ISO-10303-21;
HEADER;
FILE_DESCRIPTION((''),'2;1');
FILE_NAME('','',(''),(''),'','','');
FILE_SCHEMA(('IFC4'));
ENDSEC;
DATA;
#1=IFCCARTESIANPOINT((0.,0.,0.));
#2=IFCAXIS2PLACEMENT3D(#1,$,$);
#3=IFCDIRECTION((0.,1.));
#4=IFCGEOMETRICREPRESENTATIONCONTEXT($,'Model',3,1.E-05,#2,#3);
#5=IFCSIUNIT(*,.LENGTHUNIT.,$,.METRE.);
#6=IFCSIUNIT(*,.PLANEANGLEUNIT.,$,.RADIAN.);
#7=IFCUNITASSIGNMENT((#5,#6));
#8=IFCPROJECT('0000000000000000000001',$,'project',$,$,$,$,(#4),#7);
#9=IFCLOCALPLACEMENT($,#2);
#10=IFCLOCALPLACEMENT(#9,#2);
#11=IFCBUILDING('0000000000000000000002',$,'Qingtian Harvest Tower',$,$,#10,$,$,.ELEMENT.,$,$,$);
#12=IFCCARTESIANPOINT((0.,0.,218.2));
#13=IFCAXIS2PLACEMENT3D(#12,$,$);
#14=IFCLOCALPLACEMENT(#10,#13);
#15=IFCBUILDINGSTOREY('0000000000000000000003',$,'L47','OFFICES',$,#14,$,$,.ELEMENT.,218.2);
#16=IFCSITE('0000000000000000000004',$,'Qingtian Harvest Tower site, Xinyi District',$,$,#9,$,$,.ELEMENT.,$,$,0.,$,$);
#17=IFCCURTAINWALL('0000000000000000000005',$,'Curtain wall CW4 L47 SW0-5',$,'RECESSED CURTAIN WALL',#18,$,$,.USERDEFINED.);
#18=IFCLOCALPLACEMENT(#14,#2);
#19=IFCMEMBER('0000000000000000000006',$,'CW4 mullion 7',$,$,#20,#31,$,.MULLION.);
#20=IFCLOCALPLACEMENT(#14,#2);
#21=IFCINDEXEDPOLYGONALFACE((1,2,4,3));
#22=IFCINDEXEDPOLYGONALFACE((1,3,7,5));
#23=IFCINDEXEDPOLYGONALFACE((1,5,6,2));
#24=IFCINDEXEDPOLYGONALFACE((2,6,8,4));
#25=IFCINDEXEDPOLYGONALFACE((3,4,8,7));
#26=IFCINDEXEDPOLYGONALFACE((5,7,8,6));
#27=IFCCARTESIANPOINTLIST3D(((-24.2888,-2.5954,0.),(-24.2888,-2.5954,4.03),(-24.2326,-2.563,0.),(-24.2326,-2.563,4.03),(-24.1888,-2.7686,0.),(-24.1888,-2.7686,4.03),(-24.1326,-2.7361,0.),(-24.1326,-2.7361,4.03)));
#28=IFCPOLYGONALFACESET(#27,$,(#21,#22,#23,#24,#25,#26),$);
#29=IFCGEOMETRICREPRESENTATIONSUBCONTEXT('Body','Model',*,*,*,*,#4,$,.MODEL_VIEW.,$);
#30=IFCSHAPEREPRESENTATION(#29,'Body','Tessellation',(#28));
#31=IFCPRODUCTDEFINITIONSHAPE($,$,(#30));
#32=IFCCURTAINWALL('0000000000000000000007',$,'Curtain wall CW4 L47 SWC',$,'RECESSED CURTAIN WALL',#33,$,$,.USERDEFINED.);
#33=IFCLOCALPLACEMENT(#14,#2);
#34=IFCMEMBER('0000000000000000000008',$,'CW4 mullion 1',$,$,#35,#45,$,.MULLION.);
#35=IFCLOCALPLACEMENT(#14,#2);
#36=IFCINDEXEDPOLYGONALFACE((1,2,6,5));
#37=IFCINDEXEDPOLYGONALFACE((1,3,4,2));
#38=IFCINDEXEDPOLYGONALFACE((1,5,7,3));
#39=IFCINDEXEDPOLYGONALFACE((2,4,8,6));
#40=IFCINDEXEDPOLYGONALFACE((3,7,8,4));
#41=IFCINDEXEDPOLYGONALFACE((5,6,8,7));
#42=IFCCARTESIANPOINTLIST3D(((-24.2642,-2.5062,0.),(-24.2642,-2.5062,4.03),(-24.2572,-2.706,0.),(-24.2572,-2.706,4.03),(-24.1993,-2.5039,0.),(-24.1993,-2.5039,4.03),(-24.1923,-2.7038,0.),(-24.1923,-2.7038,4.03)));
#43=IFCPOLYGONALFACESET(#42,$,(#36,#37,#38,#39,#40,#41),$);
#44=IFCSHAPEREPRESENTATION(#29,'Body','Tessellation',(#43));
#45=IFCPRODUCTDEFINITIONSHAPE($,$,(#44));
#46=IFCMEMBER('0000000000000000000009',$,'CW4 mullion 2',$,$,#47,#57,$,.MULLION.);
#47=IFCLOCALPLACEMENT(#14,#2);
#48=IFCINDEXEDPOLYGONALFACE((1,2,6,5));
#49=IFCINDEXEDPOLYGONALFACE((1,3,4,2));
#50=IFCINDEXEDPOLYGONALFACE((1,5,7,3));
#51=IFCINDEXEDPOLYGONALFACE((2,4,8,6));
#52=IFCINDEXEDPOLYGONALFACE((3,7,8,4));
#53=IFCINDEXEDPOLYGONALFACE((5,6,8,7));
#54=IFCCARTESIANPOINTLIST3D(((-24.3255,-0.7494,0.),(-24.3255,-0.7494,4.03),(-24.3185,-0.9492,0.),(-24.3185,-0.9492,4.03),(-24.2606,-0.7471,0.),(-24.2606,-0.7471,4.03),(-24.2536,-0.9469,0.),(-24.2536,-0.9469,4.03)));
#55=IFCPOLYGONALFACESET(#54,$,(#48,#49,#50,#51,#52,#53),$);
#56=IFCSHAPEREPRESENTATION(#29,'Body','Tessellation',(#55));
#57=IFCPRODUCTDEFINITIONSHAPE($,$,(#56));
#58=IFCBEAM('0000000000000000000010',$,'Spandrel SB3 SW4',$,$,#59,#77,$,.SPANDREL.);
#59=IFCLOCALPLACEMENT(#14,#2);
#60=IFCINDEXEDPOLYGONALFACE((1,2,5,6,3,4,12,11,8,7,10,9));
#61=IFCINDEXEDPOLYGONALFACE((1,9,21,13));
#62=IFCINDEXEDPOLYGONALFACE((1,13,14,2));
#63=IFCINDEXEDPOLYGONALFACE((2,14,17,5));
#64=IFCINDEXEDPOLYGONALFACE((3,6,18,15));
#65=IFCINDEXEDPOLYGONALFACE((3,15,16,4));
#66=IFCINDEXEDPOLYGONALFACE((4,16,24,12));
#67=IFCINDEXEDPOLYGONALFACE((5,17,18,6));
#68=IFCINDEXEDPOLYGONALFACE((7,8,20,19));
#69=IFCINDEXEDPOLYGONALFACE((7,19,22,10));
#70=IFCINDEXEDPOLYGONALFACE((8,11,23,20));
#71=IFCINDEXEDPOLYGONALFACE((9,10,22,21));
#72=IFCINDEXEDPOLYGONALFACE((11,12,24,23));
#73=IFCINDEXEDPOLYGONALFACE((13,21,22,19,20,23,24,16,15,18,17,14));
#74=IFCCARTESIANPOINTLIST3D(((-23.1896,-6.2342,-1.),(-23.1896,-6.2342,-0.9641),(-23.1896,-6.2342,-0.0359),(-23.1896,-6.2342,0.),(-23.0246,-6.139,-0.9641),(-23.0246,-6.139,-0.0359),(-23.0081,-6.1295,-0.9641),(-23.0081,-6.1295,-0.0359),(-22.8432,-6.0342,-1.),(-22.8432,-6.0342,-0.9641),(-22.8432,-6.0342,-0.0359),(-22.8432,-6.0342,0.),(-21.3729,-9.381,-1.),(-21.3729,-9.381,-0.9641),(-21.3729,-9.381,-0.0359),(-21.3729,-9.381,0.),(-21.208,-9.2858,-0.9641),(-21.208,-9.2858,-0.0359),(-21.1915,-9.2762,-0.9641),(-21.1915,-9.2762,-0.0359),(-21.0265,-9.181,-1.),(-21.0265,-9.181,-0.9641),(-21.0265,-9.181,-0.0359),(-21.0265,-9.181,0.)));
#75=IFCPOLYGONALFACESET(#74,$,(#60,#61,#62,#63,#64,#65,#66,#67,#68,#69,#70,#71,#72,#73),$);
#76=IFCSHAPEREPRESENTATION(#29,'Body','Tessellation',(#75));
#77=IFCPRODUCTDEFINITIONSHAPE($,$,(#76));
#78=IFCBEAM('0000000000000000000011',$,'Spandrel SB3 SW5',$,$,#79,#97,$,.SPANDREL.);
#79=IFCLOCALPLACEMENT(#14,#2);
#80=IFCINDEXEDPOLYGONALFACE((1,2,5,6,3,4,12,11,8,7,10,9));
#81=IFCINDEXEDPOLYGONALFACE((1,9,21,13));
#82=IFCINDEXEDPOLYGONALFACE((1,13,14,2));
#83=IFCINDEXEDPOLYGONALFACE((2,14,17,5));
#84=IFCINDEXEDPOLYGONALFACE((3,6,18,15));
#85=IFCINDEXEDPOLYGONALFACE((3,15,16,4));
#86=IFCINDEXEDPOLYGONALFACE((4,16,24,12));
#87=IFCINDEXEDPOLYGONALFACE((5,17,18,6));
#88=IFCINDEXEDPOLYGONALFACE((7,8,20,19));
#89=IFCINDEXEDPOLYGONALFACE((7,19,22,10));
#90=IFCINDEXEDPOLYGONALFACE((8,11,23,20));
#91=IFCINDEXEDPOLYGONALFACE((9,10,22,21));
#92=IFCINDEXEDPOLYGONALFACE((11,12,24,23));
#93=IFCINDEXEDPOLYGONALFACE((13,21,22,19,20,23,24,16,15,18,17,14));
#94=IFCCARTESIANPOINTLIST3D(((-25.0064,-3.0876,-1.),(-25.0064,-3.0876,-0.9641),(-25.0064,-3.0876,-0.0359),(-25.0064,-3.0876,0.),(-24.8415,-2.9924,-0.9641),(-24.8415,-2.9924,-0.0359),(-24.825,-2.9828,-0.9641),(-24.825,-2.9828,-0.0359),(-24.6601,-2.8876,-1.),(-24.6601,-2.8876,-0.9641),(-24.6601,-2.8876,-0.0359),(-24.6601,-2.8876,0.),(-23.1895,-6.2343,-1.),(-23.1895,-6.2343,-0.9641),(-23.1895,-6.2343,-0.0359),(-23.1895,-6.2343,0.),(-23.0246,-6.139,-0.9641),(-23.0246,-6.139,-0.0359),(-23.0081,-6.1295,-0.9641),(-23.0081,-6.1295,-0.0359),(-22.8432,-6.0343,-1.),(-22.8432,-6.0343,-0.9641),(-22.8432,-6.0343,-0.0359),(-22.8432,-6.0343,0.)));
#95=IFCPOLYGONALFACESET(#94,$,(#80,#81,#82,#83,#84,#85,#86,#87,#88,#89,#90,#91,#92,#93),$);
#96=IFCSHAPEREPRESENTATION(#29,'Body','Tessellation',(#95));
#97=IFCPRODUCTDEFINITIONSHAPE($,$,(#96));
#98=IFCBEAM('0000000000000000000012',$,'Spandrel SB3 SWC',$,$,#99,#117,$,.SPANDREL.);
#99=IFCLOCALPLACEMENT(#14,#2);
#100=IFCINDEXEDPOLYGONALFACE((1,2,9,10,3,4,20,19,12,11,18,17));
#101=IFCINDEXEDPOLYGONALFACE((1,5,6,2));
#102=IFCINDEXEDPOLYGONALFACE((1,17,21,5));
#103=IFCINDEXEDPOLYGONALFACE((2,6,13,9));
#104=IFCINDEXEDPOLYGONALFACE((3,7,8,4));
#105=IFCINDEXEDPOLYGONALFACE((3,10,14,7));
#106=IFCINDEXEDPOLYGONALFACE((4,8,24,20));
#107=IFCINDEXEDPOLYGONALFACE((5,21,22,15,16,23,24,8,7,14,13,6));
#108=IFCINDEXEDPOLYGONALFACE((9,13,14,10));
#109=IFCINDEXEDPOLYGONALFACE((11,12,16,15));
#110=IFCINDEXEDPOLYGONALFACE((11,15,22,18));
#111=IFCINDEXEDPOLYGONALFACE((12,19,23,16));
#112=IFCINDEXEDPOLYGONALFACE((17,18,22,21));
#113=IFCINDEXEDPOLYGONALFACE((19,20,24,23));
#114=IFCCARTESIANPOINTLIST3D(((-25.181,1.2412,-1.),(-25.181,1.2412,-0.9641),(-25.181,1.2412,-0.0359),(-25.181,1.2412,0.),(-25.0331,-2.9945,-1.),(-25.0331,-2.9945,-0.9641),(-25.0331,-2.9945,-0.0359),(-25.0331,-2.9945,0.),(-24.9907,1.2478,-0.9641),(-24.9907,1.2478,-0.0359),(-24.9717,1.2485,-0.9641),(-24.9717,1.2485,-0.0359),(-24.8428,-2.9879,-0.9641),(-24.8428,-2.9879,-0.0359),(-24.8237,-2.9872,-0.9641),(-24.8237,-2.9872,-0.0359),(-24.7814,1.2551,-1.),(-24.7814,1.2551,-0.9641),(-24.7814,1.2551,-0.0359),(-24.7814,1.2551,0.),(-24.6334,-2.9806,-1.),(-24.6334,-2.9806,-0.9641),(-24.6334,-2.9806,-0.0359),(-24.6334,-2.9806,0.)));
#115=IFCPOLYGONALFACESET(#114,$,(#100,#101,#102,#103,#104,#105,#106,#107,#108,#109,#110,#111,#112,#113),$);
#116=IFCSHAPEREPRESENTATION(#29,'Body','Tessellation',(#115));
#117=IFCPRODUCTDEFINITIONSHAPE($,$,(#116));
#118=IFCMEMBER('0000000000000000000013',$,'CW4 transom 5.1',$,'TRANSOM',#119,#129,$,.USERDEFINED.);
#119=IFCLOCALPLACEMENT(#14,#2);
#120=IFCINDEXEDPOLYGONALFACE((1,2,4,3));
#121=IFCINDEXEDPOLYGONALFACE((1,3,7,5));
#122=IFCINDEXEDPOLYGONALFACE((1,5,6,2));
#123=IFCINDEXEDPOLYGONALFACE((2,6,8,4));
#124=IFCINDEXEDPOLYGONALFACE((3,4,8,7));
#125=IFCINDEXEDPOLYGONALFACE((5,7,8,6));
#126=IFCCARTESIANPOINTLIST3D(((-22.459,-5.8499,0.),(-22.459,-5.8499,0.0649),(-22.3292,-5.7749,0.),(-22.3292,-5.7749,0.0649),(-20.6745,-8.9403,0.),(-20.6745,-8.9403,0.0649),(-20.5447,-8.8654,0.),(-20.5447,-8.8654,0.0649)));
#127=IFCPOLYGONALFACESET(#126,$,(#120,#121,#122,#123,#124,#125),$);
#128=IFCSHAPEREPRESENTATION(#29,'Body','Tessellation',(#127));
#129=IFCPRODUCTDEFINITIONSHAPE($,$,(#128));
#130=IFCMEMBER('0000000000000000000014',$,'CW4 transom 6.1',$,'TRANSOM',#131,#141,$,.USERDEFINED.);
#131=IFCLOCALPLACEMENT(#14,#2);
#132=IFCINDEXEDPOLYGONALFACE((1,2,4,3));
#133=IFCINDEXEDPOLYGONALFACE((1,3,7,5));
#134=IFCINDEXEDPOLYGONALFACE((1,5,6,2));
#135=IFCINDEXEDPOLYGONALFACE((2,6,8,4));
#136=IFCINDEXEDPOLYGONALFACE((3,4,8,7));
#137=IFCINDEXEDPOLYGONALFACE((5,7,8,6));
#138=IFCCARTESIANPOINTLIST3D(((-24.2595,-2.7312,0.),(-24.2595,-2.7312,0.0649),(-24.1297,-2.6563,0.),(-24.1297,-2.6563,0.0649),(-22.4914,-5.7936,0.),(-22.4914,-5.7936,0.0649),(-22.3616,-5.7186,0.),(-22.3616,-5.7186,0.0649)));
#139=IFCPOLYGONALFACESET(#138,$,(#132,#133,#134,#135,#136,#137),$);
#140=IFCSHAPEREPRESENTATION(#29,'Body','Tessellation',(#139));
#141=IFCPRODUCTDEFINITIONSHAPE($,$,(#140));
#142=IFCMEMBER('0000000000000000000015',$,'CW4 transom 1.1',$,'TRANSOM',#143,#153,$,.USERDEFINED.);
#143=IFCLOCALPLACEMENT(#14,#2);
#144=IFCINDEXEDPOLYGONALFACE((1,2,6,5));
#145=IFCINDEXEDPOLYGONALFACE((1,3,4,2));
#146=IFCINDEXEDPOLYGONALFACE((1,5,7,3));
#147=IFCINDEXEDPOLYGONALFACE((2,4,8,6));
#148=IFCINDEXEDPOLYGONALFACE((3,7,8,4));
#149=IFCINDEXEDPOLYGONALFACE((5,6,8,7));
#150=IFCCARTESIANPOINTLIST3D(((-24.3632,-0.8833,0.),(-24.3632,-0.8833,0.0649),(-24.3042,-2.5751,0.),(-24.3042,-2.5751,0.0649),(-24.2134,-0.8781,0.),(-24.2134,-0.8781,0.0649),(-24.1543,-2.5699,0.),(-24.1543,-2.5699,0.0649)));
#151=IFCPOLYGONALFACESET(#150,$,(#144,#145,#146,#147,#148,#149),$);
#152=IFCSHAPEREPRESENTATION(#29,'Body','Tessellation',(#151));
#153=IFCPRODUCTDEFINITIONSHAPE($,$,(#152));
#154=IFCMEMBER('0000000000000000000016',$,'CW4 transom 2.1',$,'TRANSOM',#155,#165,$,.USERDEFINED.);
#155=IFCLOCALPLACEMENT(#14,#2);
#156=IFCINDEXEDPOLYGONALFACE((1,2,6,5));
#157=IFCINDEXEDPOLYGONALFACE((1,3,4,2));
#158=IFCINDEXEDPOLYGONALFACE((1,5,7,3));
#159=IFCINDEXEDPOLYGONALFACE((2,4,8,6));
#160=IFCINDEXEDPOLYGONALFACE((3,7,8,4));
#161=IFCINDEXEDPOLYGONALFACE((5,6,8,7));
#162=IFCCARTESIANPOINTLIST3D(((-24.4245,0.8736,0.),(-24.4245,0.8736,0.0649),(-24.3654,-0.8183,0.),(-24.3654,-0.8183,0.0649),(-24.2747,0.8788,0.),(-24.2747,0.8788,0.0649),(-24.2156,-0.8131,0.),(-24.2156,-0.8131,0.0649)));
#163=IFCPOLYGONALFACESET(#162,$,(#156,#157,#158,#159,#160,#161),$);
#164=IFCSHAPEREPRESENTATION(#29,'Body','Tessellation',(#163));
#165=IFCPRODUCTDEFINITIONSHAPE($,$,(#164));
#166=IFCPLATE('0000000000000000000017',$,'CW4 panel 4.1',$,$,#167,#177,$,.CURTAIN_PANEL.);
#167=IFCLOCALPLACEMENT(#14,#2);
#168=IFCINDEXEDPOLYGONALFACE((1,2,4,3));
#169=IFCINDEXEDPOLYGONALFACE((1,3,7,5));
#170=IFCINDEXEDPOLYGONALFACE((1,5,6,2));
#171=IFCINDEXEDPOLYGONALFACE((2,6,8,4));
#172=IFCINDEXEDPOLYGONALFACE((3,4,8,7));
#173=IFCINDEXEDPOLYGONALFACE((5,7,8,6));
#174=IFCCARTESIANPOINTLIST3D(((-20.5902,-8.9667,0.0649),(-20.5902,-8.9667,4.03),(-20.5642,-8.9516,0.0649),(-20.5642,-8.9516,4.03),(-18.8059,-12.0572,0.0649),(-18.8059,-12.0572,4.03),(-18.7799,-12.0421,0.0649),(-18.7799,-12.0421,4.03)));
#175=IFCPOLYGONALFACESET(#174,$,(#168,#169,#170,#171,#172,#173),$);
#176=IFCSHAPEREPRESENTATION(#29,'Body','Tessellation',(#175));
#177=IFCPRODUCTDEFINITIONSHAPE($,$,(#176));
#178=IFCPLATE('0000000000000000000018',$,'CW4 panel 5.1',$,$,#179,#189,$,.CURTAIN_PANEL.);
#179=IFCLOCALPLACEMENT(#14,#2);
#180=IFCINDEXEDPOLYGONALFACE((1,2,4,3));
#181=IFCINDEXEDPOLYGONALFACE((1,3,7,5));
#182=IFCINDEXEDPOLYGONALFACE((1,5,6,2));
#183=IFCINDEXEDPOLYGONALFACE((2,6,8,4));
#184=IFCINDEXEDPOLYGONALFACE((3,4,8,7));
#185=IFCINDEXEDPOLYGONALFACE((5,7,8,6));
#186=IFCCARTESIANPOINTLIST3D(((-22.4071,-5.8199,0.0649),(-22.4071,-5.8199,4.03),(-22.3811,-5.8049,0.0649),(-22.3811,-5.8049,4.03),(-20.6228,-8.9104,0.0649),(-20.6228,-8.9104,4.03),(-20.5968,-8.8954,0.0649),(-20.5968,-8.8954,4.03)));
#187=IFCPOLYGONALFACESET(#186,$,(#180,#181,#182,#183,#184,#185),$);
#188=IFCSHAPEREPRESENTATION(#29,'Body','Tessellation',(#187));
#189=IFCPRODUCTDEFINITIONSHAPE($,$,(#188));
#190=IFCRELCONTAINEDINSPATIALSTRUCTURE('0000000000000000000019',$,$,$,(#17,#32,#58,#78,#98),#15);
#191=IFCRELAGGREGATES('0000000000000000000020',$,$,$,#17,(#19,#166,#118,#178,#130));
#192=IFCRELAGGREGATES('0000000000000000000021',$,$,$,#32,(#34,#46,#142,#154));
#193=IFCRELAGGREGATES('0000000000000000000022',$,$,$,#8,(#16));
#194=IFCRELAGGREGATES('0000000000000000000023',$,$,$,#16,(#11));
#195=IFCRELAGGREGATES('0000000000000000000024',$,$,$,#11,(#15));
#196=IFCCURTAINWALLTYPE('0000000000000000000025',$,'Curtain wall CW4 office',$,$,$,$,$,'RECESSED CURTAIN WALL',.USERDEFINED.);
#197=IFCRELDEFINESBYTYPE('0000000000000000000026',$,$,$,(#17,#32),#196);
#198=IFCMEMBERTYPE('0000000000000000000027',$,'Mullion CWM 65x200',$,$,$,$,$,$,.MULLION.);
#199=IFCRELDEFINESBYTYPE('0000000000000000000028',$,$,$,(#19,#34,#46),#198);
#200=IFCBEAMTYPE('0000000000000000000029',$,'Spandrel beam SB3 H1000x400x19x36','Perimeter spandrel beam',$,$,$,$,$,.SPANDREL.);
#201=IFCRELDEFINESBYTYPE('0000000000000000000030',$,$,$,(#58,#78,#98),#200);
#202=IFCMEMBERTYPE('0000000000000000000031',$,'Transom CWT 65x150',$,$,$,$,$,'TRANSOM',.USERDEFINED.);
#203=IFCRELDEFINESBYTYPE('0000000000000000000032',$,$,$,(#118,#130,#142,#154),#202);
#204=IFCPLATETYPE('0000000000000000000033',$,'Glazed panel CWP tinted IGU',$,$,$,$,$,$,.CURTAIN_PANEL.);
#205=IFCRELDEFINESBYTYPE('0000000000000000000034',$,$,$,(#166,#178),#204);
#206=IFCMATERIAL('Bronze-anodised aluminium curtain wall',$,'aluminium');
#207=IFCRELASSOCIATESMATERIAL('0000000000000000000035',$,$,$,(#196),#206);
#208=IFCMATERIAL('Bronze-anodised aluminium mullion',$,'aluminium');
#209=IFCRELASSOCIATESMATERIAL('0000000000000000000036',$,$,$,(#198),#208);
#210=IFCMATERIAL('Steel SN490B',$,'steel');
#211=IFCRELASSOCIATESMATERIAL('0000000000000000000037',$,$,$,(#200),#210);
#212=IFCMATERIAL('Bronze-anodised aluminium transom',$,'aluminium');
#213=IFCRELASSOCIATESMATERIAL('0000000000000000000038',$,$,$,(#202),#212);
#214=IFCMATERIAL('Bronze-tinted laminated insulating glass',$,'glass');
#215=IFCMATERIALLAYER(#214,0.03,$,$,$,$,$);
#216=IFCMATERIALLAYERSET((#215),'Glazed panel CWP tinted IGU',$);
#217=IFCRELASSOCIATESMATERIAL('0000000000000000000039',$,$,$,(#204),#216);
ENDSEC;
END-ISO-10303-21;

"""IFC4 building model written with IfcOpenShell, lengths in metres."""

from ifc_helpers import new_model, si_unit, direction, frame, origin, origin_2d, place, context, subcontext, project, spatial, rectangle, i_section, extrude, material, layer, layer_set, material_profile, profile_set, type_object, element, aggregate, save


model = new_model("IFC4")

# Units and contexts
model_context = context("Model", 3, precision=1e-05, world=origin(), true_north=direction((0.0, 1.0)))
body_context = subcontext(model_context, "Body", "Model", "MODEL_VIEW")
ifc_project = project(units=[si_unit("LENGTHUNIT", "METRE"), si_unit("PLANEANGLEUNIT", "RADIAN")], contexts=[model_context])

# Site, building, storey
site_placement = place(None, origin())
site = spatial("IfcSite", under=ifc_project, at=site_placement, Name="Qingtian Harvest Tower site, Xinyi District", CompositionType="ELEMENT", RefElevation=0.0)
building_placement = place(site_placement, origin())
building = spatial("IfcBuilding", under=site, at=building_placement, Name="Qingtian Harvest Tower", CompositionType="ELEMENT")
storey_placement = place(building_placement, frame((0.0, 0.0, 218.2)))
storey = spatial("IfcBuildingStorey", under=building, at=storey_placement, Name="L47", Description="OFFICES", CompositionType="ELEMENT", Elevation=218.2)

# Curtain walls, members
ifc_material_1 = material(Name="Bronze-anodised aluminium curtain wall", Category="aluminium")
curtain_wall_type = type_object("IfcCurtainWallType", Name="Curtain wall CW4 office", ElementType="RECESSED CURTAIN WALL", PredefinedType="USERDEFINED", material=ifc_material_1)
curtain_wall_1_placement = place(storey_placement, origin())
curtain_wall_1 = element("IfcCurtainWall", 1, at=curtain_wall_1_placement, inside=storey, type_object=curtain_wall_type, Name="Curtain wall CW4 L47 SW0-5", ObjectType="RECESSED CURTAIN WALL", PredefinedType="USERDEFINED")
ifc_material_2 = material(Name="Bronze-anodised aluminium mullion", Category="aluminium")
ifc_material_profile_1 = material_profile(ifc_material_2, rectangle(XDim=0.0649, YDim=0.2, at=origin_2d()), Name="AL 65x200")
ifc_profile_set_1 = profile_set([ifc_material_profile_1], Name="Bronze-anodised aluminium mullion")
member_type_1 = type_object("IfcMemberType", Name="Mullion CWM 65x200", PredefinedType="MULLION", material=ifc_profile_set_1)
member_1_placement = place(storey_placement, frame((-24.2107, -2.6658, 0.0), z_axis=(0.0, 0.0, 1.0), x_axis=(-0.866025, -0.5, 0.0)))
member_1 = element("IfcMember", 2, at=member_1_placement, type_object=member_type_1, Name="CW4 mullion 7", PredefinedType="MULLION", context=body_context, shape_type="SweptSolid", body=[
    extrude(rectangle(XDim=0.0649, YDim=0.2, at=origin_2d()), origin(), (0.0, 0.0, 1.0), 4.03),
])
curtain_wall_2_placement = place(storey_placement, origin())
curtain_wall_2 = element("IfcCurtainWall", 3, at=curtain_wall_2_placement, inside=storey, type_object=curtain_wall_type, Name="Curtain wall CW4 L47 SWC", ObjectType="RECESSED CURTAIN WALL", PredefinedType="USERDEFINED")
member_2_placement = place(storey_placement, frame((-24.2283, -2.605, 0.0), z_axis=(0.0, 0.0, 1.0), x_axis=(-0.999391, -0.034899, 0.0)))
member_2 = element("IfcMember", 4, at=member_2_placement, type_object=member_type_1, Name="CW4 mullion 1", PredefinedType="MULLION", context=body_context, shape_type="SweptSolid", body=[
    extrude(rectangle(XDim=0.0649, YDim=0.2, at=origin_2d()), origin(), (0.0, 0.0, 1.0), 4.03),
])
member_3_placement = place(storey_placement, frame((-24.2896, -0.8481, 0.0), z_axis=(0.0, 0.0, 1.0), x_axis=(-0.999391, -0.034899, 0.0)))
member_3 = element("IfcMember", 5, at=member_3_placement, type_object=member_type_1, Name="CW4 mullion 2", PredefinedType="MULLION", context=body_context, shape_type="SweptSolid", body=[
    extrude(rectangle(XDim=0.0649, YDim=0.2, at=origin_2d()), origin(), (0.0, 0.0, 1.0), 4.03),
])

# Beams
ifc_material_3 = material(Name="Steel SN490B", Category="steel")
ifc_material_profile_2 = material_profile(ifc_material_3, i_section(OverallWidth=0.3999, OverallDepth=1.0, WebThickness=0.019, FlangeThickness=0.0359, at=origin_2d()), Name="H1000x400x19x36")
ifc_profile_set_2 = profile_set([ifc_material_profile_2], Name="Steel SN490B")
beam_type_1 = type_object("IfcBeamType", Name="Spandrel beam SB3 H1000x400x19x36", Description="Perimeter spandrel beam", PredefinedType="SPANDREL", material=ifc_profile_set_2)
for number, where, z_axis, x_axis, name in (
    (6, (-21.1997, -9.281, -0.5), (-0.499976, 0.866039, 0.0), (-0.866039, -0.499976, 0.0), "Spandrel SB3 SW4"),
    (7, (-23.0164, -6.1343, -0.5), (-0.500027, 0.86601, 0.0), (-0.86601, -0.500027, 0.0), "Spandrel SB3 SW5"),
):
    element("IfcBeam", number, at=place(storey_placement, frame(where, z_axis=z_axis, x_axis=x_axis)), inside=storey, type_object=beam_type_1, Name=name, PredefinedType="SPANDREL", context=body_context, shape_type="SweptSolid", body=[
        extrude(i_section(OverallWidth=0.3999, OverallDepth=1.0, WebThickness=0.019, FlangeThickness=0.0359, at=origin_2d()), origin(), (0.0, 0.0, 1.0), 3.6335),
    ])
beam_1_placement = place(storey_placement, frame((-24.8333, -2.9875, -0.5), z_axis=(-0.034909, 0.999391, 0.0), x_axis=(-0.999391, -0.034909, 0.0)))
element("IfcBeam", 8, at=beam_1_placement, inside=storey, type_object=beam_type_1, Name="Spandrel SB3 SWC", PredefinedType="SPANDREL", context=body_context, shape_type="SweptSolid", body=[
    extrude(i_section(OverallWidth=0.3999, OverallDepth=1.0, WebThickness=0.019, FlangeThickness=0.0359, at=origin_2d()), origin(), (0.0, 0.0, 1.0), 4.2383),
])

# Members
ifc_material_4 = material(Name="Bronze-anodised aluminium transom", Category="aluminium")
ifc_material_profile_3 = material_profile(ifc_material_4, rectangle(XDim=0.1499, YDim=0.0649, at=origin_2d()), Name="AL 65x150")
ifc_profile_set_3 = profile_set([ifc_material_profile_3], Name="Bronze-anodised aluminium transom")
member_type_2 = type_object("IfcMemberType", Name="Transom CWT 65x150", ElementType="TRANSOM", PredefinedType="USERDEFINED", material=ifc_profile_set_3)
member_4_placement = place(storey_placement, frame((-20.6096, -8.9028, 0.0325), z_axis=(-0.500046, 0.865999, 0.0), x_axis=(-0.865999, -0.500046, 0.0)))
member_4 = element("IfcMember", 9, at=member_4_placement, type_object=member_type_2, Name="CW4 transom 5.1", ObjectType="TRANSOM", PredefinedType="USERDEFINED", context=body_context, shape_type="SweptSolid", body=[
    extrude(rectangle(XDim=0.1499, YDim=0.0649, at=origin_2d()), origin(), (0.0, 0.0, 1.0), 3.5686),
])
member_5_placement = place(storey_placement, frame((-22.4265, -5.7561, 0.0325), z_axis=(-0.500015, 0.866017, 0.0), x_axis=(-0.866017, -0.500015, 0.0)))
member_5 = element("IfcMember", 10, at=member_5_placement, type_object=member_type_2, Name="CW4 transom 6.1", ObjectType="TRANSOM", PredefinedType="USERDEFINED", context=body_context, shape_type="SweptSolid", body=[
    extrude(rectangle(XDim=0.1499, YDim=0.0649, at=origin_2d()), origin(), (0.0, 0.0, 1.0), 3.5361),
])
member_6_placement = place(storey_placement, frame((-24.2292, -2.5725, 0.0325), z_axis=(-0.034899, 0.999391, 0.0), x_axis=(-0.999391, -0.034899, 0.0)))
member_6 = element("IfcMember", 11, at=member_6_placement, type_object=member_type_2, Name="CW4 transom 1.1", ObjectType="TRANSOM", PredefinedType="USERDEFINED", context=body_context, shape_type="SweptSolid", body=[
    extrude(rectangle(XDim=0.1499, YDim=0.0649, at=origin_2d()), origin(), (0.0, 0.0, 1.0), 1.6929),
])
member_7_placement = place(storey_placement, frame((-24.2905, -0.8157, 0.0325), z_axis=(-0.034899, 0.999391, 0.0), x_axis=(-0.999391, -0.034899, 0.0)))
member_7 = element("IfcMember", 12, at=member_7_placement, type_object=member_type_2, Name="CW4 transom 2.1", ObjectType="TRANSOM", PredefinedType="USERDEFINED", context=body_context, shape_type="SweptSolid", body=[
    extrude(rectangle(XDim=0.1499, YDim=0.0649, at=origin_2d()), origin(), (0.0, 0.0, 1.0), 1.6929),
])

# Plates
ifc_material_5 = material(Name="Bronze-tinted laminated insulating glass", Category="glass")
ifc_layer_1 = layer(ifc_material_5, 0.03)
ifc_layer_set_1 = layer_set([ifc_layer_1], Name="Glazed panel CWP tinted IGU")
plate_type = type_object("IfcPlateType", Name="Glazed panel CWP tinted IGU", PredefinedType="CURTAIN_PANEL", material=ifc_layer_set_1)
plate_1_placement = place(storey_placement, frame((-19.6851, -10.5044, 0.0649), z_axis=(0.0, 0.0, 1.0), x_axis=(-0.5, 0.866025, 0.0)))
plate_1 = element("IfcPlate", 13, at=plate_1_placement, type_object=plate_type, Name="CW4 panel 4.1", PredefinedType="CURTAIN_PANEL", context=body_context, shape_type="SweptSolid", body=[
    extrude(rectangle(XDim=3.5686, YDim=0.03, at=origin_2d()), origin(), (0.0, 0.0, 1.0), 3.9651),
])
plate_2_placement = place(storey_placement, frame((-21.502, -7.3577, 0.0649), z_axis=(0.0, 0.0, 1.0), x_axis=(-0.5, 0.866025, 0.0)))
plate_2 = element("IfcPlate", 14, at=plate_2_placement, type_object=plate_type, Name="CW4 panel 5.1", PredefinedType="CURTAIN_PANEL", context=body_context, shape_type="SweptSolid", body=[
    extrude(rectangle(XDim=3.5686, YDim=0.03, at=origin_2d()), origin(), (0.0, 0.0, 1.0), 3.9651),
])
aggregate(curtain_wall_1, [member_1, plate_1, member_4, plate_2, member_5])
aggregate(curtain_wall_2, [member_2, member_3, member_6, member_7])

save(model, "model.ifc")
